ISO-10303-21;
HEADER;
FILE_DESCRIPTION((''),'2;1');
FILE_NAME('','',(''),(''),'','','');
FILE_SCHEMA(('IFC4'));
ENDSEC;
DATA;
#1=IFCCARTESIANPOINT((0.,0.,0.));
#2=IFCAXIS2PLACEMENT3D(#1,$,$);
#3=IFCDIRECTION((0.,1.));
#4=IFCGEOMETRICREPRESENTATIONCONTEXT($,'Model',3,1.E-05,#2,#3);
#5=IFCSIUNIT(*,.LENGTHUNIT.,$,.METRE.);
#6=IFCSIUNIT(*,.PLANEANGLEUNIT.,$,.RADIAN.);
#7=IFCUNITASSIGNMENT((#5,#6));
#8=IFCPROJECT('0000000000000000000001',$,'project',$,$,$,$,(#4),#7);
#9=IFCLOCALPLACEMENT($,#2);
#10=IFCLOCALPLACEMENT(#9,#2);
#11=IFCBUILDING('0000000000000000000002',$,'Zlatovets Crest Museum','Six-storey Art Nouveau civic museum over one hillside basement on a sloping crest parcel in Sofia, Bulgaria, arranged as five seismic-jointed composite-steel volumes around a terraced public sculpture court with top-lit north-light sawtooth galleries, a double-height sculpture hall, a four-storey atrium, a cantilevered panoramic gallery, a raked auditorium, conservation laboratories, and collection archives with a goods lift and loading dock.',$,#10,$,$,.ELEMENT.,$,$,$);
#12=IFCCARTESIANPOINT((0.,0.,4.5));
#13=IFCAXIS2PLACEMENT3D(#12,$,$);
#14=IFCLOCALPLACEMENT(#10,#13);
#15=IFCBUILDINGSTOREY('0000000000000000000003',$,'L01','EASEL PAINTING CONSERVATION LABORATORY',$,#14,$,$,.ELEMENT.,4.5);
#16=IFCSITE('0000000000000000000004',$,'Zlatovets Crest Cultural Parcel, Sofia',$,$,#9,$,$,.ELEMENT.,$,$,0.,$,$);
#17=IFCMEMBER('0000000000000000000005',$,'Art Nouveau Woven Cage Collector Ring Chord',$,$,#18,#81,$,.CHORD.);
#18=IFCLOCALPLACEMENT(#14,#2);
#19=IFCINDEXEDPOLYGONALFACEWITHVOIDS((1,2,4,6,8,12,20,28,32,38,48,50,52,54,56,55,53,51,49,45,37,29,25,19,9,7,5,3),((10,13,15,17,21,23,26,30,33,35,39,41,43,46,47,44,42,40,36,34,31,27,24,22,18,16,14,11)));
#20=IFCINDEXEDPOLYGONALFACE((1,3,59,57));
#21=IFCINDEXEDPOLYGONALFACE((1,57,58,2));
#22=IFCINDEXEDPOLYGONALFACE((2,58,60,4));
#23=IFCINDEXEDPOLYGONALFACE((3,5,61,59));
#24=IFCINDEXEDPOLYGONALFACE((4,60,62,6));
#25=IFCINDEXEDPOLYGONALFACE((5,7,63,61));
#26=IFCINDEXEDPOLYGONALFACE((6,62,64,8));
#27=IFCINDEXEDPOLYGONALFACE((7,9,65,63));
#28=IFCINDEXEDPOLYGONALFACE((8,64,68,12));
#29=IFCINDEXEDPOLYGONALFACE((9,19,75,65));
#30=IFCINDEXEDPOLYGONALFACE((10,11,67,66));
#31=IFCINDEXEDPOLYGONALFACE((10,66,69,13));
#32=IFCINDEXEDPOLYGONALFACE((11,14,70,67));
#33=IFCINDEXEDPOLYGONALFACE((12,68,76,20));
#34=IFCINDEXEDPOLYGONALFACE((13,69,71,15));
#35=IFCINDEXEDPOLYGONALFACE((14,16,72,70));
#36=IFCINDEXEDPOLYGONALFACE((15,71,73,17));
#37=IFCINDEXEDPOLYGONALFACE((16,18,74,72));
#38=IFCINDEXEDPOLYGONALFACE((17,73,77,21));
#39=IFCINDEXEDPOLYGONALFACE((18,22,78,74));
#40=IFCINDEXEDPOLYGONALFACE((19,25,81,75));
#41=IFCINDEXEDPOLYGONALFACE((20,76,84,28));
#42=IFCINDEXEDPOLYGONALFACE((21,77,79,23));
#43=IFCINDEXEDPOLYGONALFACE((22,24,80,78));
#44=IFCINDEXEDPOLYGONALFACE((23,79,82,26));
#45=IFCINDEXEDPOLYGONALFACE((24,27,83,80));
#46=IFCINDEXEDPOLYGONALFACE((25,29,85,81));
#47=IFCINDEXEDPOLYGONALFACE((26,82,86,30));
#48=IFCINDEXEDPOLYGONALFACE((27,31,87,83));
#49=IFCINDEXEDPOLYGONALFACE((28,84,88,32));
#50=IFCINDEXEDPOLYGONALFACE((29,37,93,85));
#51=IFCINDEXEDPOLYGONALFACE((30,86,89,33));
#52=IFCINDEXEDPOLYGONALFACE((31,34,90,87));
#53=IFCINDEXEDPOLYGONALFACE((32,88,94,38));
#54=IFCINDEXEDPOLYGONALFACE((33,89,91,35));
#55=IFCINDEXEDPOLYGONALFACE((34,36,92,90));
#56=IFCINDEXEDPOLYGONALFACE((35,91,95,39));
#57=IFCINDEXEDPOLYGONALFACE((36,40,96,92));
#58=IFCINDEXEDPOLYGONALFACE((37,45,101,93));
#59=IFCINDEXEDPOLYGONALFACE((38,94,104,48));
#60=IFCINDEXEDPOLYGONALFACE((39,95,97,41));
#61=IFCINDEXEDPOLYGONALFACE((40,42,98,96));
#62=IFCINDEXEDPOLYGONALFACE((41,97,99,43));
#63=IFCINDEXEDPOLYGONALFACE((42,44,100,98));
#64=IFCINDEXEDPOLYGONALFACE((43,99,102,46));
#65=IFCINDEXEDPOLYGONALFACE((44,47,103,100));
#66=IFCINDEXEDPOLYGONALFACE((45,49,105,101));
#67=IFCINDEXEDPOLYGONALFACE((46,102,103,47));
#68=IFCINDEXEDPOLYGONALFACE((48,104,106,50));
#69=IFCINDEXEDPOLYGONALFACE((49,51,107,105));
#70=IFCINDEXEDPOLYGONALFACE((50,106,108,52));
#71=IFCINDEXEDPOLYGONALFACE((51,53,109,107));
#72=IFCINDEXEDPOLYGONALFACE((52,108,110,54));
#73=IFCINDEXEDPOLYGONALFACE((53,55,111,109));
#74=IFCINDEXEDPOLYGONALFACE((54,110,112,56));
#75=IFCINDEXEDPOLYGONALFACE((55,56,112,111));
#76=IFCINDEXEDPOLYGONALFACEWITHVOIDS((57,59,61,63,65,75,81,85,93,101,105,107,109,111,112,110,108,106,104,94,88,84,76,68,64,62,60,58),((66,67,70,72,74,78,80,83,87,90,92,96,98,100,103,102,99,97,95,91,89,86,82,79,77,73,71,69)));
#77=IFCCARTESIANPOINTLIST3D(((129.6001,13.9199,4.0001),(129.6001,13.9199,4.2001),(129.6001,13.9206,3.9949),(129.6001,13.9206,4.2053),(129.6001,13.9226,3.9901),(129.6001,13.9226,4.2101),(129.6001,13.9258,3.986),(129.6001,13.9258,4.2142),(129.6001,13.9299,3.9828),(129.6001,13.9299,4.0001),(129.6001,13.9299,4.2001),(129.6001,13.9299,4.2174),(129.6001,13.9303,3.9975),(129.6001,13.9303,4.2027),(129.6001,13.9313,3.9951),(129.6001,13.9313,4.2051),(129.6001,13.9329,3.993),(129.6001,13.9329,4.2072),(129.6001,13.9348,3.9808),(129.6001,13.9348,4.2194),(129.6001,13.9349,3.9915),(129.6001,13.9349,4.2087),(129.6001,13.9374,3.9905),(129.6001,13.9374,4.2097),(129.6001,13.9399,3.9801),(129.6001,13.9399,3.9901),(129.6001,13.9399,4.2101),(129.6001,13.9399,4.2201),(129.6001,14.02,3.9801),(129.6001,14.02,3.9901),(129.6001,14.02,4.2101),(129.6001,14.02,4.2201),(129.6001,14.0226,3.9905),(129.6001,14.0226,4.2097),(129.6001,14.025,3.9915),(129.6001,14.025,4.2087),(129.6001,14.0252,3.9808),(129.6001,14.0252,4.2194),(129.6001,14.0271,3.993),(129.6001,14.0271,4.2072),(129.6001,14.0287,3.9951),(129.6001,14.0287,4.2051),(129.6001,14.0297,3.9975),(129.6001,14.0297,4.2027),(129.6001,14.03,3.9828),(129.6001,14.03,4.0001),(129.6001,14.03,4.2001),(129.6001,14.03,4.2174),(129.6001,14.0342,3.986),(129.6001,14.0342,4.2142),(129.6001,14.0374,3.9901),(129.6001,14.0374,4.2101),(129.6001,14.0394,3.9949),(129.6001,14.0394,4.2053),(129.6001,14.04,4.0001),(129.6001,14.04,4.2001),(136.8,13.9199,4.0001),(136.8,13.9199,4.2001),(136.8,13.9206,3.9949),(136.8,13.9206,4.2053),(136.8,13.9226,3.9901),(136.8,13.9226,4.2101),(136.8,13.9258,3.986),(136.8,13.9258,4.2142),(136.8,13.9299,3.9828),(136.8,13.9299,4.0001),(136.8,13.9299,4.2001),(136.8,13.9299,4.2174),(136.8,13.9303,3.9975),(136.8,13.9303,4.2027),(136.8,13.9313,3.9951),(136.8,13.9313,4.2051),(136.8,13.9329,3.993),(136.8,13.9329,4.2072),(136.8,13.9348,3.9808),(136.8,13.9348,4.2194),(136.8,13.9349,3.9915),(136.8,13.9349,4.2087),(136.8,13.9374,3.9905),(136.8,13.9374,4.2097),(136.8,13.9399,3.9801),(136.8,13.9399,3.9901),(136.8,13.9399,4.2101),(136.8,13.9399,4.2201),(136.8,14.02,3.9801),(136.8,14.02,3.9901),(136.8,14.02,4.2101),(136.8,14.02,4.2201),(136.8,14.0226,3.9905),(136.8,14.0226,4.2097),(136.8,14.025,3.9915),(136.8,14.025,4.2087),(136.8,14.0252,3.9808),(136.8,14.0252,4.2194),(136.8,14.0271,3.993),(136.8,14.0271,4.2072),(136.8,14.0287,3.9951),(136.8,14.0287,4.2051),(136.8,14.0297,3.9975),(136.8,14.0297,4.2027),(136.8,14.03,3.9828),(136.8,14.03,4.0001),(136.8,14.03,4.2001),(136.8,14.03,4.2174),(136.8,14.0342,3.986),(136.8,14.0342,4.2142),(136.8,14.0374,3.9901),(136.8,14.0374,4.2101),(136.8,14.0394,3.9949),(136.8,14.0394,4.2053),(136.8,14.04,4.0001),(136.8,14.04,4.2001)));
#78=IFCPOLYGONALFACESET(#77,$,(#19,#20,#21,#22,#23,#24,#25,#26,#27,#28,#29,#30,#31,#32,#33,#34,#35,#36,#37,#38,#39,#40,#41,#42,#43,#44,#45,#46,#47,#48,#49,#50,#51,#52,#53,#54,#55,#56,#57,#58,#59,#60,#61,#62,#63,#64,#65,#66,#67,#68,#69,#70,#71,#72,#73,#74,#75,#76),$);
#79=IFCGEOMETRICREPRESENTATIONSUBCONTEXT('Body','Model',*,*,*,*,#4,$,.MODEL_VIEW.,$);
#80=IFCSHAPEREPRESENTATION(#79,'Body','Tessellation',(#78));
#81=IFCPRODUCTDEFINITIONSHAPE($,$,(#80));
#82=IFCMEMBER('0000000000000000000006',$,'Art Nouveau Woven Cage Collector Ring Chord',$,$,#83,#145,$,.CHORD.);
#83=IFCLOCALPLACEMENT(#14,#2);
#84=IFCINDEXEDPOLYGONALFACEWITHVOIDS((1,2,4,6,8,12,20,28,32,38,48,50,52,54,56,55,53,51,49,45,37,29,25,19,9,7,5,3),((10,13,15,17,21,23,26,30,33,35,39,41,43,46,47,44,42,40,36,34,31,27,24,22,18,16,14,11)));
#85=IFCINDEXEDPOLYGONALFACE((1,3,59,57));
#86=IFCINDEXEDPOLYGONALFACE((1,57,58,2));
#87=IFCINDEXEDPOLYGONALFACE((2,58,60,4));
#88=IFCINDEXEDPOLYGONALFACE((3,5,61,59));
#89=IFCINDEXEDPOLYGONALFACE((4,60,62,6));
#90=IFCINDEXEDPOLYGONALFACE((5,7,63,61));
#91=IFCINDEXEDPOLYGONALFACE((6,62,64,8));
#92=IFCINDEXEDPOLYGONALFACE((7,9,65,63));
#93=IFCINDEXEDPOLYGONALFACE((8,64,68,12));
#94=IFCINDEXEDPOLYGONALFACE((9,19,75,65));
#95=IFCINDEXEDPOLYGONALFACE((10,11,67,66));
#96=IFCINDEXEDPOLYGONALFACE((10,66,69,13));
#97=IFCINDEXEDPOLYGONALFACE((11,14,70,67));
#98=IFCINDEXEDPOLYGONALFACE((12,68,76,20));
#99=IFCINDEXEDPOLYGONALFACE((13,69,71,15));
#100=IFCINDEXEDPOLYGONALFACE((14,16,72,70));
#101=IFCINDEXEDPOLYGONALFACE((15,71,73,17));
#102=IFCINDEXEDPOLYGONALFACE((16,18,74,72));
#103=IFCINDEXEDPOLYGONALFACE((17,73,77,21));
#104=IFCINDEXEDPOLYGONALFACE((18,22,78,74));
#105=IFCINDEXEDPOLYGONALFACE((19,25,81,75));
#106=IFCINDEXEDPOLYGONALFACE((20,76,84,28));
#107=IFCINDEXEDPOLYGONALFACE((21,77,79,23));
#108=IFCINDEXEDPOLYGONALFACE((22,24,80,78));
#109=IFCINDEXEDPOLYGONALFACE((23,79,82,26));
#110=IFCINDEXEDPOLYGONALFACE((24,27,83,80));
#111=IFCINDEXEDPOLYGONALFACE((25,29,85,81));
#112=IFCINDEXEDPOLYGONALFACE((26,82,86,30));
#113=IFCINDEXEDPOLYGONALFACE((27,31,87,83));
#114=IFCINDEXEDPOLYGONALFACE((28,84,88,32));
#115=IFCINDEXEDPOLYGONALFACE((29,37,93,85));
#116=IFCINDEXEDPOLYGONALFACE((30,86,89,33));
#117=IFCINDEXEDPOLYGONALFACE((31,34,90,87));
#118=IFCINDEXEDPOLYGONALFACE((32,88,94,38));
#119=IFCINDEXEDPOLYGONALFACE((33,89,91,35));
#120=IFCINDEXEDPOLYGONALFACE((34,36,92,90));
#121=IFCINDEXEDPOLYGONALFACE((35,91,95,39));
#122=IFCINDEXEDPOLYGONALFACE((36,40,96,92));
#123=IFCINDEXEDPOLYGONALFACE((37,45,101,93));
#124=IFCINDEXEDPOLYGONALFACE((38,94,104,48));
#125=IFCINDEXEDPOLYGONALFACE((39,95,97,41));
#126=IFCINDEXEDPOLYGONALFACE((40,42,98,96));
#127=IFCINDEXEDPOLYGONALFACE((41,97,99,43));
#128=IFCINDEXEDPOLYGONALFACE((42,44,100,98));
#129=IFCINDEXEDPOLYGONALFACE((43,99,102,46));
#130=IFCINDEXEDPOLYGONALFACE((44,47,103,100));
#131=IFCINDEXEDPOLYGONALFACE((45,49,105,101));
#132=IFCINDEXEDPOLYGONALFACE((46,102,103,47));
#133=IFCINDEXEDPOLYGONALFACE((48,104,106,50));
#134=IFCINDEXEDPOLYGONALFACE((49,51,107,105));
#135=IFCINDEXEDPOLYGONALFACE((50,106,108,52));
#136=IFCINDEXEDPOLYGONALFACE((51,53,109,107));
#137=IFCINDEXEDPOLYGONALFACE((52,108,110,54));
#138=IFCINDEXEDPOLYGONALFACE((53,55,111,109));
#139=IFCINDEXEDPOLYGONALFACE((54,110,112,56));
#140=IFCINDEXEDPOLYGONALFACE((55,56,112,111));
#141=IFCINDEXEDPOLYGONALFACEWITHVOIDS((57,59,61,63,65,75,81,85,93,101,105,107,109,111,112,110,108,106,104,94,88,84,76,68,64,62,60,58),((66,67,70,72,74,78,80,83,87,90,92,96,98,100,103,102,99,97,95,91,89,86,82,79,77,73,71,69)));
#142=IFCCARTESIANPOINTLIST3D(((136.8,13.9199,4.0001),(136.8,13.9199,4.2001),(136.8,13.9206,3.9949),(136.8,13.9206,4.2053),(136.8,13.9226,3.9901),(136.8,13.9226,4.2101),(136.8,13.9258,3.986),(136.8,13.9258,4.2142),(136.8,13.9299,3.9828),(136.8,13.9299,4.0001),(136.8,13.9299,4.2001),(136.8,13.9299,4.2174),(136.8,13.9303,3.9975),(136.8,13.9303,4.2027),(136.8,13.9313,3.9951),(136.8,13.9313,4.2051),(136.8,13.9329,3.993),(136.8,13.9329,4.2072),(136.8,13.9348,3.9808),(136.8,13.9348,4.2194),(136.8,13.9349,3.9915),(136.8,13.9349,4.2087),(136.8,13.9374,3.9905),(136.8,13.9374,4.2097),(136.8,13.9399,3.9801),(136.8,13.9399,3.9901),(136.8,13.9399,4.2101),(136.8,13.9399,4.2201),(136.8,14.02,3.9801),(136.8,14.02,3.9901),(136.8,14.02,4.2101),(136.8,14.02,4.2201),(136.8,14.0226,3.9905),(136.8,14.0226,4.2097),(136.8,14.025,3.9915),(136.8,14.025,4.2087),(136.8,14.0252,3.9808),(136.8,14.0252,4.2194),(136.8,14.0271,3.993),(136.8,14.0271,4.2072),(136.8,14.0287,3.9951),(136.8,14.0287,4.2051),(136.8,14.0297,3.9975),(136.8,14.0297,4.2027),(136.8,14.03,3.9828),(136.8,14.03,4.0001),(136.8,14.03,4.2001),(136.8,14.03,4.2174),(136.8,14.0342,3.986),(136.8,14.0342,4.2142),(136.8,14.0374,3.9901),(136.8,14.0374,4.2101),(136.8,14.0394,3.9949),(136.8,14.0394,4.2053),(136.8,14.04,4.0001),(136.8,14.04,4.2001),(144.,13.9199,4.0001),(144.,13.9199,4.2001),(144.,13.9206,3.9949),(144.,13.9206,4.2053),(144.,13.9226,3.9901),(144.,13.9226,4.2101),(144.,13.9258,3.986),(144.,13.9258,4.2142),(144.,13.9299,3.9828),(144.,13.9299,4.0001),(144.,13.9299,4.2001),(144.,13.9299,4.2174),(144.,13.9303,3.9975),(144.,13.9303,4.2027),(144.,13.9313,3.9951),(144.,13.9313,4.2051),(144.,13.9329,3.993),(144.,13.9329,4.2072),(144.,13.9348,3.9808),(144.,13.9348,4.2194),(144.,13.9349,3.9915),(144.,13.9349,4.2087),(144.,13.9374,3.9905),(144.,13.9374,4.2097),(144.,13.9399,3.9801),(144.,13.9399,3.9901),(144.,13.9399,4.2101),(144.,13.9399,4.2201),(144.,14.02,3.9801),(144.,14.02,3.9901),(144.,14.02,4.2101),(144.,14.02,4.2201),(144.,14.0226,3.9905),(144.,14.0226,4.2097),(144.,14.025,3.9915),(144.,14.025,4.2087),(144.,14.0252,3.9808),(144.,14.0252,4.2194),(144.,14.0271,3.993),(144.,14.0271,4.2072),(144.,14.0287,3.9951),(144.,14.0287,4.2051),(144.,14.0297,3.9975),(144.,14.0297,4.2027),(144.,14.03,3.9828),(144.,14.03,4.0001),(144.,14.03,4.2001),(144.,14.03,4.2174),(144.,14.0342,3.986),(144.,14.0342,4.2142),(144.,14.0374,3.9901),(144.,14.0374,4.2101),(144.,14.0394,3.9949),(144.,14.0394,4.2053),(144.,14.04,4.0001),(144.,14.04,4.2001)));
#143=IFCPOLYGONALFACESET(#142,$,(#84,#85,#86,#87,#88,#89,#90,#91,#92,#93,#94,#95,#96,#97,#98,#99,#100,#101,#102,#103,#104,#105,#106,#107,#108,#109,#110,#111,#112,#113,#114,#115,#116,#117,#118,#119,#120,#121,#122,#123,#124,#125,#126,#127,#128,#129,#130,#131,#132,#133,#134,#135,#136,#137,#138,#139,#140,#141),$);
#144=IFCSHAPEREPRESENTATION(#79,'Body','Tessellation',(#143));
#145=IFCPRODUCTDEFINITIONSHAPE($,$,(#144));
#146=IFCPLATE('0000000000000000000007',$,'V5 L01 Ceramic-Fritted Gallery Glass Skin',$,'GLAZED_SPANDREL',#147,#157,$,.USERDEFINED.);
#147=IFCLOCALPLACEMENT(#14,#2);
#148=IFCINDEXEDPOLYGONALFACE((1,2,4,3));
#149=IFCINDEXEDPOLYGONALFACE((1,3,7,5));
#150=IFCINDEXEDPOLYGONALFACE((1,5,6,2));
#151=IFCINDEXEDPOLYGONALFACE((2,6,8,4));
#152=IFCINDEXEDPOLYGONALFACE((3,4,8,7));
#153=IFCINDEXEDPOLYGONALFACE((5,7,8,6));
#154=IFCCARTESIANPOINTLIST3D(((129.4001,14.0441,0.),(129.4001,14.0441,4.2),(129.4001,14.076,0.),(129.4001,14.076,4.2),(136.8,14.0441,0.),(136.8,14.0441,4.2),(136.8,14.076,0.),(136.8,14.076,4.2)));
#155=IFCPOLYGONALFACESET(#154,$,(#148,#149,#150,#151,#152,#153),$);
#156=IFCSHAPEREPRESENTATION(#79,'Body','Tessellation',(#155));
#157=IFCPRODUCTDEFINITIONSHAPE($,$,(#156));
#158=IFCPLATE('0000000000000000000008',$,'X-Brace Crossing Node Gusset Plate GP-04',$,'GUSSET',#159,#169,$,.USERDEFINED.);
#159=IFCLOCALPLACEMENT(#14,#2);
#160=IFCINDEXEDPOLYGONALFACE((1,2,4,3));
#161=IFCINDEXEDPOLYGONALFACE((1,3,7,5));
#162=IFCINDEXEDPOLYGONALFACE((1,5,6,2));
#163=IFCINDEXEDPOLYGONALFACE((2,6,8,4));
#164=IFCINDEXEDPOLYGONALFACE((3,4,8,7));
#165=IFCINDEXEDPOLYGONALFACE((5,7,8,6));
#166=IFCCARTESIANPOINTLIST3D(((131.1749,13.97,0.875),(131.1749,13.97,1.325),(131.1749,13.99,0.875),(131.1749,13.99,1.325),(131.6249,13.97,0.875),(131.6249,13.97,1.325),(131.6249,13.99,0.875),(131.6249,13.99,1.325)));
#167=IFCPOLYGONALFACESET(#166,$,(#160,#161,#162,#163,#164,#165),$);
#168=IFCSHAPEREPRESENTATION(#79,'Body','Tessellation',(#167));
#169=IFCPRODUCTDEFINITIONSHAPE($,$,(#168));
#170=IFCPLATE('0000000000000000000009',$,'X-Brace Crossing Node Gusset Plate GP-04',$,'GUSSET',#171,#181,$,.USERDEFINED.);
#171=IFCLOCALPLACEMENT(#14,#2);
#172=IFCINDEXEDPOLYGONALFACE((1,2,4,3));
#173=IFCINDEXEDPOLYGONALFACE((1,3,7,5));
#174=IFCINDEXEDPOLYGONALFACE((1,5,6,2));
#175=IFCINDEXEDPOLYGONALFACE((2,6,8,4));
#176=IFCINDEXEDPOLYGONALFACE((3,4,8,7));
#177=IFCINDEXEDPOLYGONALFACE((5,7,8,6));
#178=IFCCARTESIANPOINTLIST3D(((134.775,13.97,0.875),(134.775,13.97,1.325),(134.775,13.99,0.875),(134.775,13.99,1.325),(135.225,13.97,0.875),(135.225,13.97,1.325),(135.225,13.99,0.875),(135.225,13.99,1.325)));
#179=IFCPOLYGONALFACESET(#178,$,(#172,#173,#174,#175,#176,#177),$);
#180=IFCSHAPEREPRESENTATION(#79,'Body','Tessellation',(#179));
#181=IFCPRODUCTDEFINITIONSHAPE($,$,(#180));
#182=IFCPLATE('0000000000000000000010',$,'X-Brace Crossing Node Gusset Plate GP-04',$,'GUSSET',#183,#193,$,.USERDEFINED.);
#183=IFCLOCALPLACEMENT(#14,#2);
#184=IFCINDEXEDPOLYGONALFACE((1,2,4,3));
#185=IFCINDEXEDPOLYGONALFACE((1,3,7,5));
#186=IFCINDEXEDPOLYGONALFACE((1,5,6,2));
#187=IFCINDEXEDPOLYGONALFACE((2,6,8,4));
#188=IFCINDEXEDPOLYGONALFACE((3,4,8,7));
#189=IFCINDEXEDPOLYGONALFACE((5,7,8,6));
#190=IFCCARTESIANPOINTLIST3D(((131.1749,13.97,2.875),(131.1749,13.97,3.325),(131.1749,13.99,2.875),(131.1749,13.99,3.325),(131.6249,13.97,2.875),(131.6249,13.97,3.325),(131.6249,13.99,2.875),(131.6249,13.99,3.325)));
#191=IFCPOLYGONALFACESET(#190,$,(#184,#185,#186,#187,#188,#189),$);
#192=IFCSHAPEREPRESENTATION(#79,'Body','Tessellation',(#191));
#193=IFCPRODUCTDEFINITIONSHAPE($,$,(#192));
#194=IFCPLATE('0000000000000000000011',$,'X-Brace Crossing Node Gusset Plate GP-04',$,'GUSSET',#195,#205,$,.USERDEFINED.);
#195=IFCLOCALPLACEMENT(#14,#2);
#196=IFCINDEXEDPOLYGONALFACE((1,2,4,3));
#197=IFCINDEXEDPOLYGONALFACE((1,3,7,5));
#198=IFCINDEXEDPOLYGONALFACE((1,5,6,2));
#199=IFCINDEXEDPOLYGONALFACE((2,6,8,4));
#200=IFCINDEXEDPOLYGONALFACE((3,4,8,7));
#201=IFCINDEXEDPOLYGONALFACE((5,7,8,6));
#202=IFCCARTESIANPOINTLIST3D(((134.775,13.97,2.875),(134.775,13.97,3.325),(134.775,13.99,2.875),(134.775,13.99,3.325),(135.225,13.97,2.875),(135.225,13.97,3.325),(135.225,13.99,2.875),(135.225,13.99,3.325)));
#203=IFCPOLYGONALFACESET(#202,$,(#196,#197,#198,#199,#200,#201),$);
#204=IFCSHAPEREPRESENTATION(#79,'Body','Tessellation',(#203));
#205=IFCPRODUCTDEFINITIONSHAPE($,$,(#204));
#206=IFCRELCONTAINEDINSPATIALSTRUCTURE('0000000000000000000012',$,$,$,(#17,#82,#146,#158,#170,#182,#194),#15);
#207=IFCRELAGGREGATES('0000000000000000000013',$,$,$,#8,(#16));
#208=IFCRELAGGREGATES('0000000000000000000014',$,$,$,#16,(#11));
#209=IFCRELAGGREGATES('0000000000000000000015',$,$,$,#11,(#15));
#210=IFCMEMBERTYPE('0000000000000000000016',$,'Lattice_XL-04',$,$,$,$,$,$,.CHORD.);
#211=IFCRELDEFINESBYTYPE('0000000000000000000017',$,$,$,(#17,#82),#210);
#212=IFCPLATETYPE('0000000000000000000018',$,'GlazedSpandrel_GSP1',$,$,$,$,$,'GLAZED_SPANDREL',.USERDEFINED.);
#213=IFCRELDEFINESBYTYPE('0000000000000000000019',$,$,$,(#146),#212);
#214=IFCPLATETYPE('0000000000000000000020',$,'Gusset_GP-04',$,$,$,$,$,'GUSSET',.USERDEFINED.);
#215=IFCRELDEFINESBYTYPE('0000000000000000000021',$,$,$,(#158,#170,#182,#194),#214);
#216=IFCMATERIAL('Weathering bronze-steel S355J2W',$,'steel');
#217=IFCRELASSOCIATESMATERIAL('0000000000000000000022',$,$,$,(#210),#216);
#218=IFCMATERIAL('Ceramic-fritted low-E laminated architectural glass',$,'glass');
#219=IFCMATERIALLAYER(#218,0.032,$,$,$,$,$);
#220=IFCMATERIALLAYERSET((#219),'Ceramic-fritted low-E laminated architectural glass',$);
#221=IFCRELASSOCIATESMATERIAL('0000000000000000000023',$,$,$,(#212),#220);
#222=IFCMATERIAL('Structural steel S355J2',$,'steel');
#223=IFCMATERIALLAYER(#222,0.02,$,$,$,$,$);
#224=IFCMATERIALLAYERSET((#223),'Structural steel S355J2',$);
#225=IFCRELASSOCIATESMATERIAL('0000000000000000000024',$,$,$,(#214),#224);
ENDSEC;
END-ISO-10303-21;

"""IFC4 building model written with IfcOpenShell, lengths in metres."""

from ifc_helpers import new_model, si_unit, direction, frame, origin, origin_2d, place, context, subcontext, project, spatial, rectangle, hollow_rectangle, extrude, material, layer, layer_set, material_profile, profile_set, type_object, element, save


model = new_model("IFC4")

# Units and contexts
model_context = context("Model", 3, precision=1e-05, world=origin(), true_north=direction((0.0, 1.0)))
body_context = subcontext(model_context, "Body", "Model", "MODEL_VIEW")
ifc_project = project(units=[si_unit("LENGTHUNIT", "METRE"), si_unit("PLANEANGLEUNIT", "RADIAN")], contexts=[model_context])

# Site, building, storey
site_placement = place(None, origin())
site = spatial("IfcSite", under=ifc_project, at=site_placement, Name="Zlatovets Crest Cultural Parcel, Sofia", CompositionType="ELEMENT", RefElevation=0.0)
building_placement = place(site_placement, origin())
building = spatial("IfcBuilding", under=site, at=building_placement, Name="Zlatovets Crest Museum", Description="Six-storey Art Nouveau civic museum over one hillside basement on a sloping crest parcel in Sofia, Bulgaria, arranged as five seismic-jointed composite-steel volumes around a terraced public sculpture court with top-lit north-light sawtooth galleries, a double-height sculpture hall, a four-storey atrium, a cantilevered panoramic gallery, a raked auditorium, conservation laboratories, and collection archives with a goods lift and loading dock.", CompositionType="ELEMENT")
storey_placement = place(building_placement, frame((0.0, 0.0, 4.5)))
storey = spatial("IfcBuildingStorey", under=building, at=storey_placement, Name="L01", Description="EASEL PAINTING CONSERVATION LABORATORY", CompositionType="ELEMENT", Elevation=4.5)

# Shared definitions
ifc_material_1 = material(Name="Structural steel S355J2", Category="steel")

# Members
ifc_material_2 = material(Name="Weathering bronze-steel S355J2W", Category="steel")
ifc_material_profile_1 = material_profile(ifc_material_2, hollow_rectangle(XDim=0.1201, YDim=0.24, WallThickness=0.01, InnerFilletRadius=0.01, OuterFilletRadius=0.02, at=origin_2d()), Name="RHS 120x240x10.0")
ifc_profile_set_1 = profile_set([ifc_material_profile_1], Name="Weathering bronze-steel S355J2W")
member_type_1 = type_object("IfcMemberType", Name="Lattice_XL-04", PredefinedType="CHORD", material=ifc_profile_set_1)
for number, where, z_axis, x_axis, name in (
    (1, (129.6001, 13.98, 4.1001), (1.0, 0.0, 0.0), (0.0, 1.0, 0.0), "Art Nouveau Woven Cage Collector Ring Chord"),
    (2, (136.8, 13.98, 4.1001), (1.0, 0.0, 0.0), (0.0, 1.0, 0.0), "Art Nouveau Woven Cage Collector Ring Chord"),
):
    element("IfcMember", number, at=place(storey_placement, frame(where, z_axis=z_axis, x_axis=x_axis)), inside=storey, type_object=member_type_1, Name=name, PredefinedType="CHORD", context=body_context, shape_type="SweptSolid", body=[
        extrude(hollow_rectangle(XDim=0.1201, YDim=0.24, WallThickness=0.01, InnerFilletRadius=0.01, OuterFilletRadius=0.02, at=origin_2d()), origin(), (0.0, 0.0, 1.0), 7.2),
    ])

# Plates
ifc_material_3 = material(Name="Ceramic-fritted low-E laminated architectural glass", Category="glass")
ifc_layer_1 = layer(ifc_material_3, 0.032)
ifc_layer_set_1 = layer_set([ifc_layer_1], Name="Ceramic-fritted low-E laminated architectural glass")
plate_type_1 = type_object("IfcPlateType", Name="GlazedSpandrel_GSP1", ElementType="GLAZED_SPANDREL", PredefinedType="USERDEFINED", material=ifc_layer_set_1)
plate_placement = place(storey_placement, frame((133.1001, 14.0601, 0.0), z_axis=(0.0, 0.0, 1.0), x_axis=(1.0, 0.0, 0.0)))
element("IfcPlate", 3, at=plate_placement, inside=storey, type_object=plate_type_1, Name="V5 L01 Ceramic-Fritted Gallery Glass Skin", ObjectType="GLAZED_SPANDREL", PredefinedType="USERDEFINED", context=body_context, shape_type="SweptSolid", body=[
    extrude(rectangle(XDim=7.3999, YDim=0.032, at=origin_2d()), origin(), (0.0, 0.0, 1.0), 4.2),
])
ifc_layer_2 = layer(ifc_material_1, 0.02)
ifc_layer_set_2 = layer_set([ifc_layer_2], Name="Structural steel S355J2")
plate_type_2 = type_object("IfcPlateType", Name="Gusset_GP-04", ElementType="GUSSET", PredefinedType="USERDEFINED", material=ifc_layer_set_2)
for number, where, z_axis, x_axis, name in (
    (4, (131.3999, 13.98, 0.875), (0.0, 0.0, 1.0), (1.0, 0.0, 0.0), "X-Brace Crossing Node Gusset Plate GP-04"),
    (5, (135.0, 13.98, 0.875), (0.0, 0.0, 1.0), (1.0, 0.0, 0.0), "X-Brace Crossing Node Gusset Plate GP-04"),
    (6, (131.3999, 13.98, 2.875), (0.0, 0.0, 1.0), (1.0, 0.0, 0.0), "X-Brace Crossing Node Gusset Plate GP-04"),
    (7, (135.0, 13.98, 2.875), (0.0, 0.0, 1.0), (1.0, 0.0, 0.0), "X-Brace Crossing Node Gusset Plate GP-04"),
):
    element("IfcPlate", number, at=place(storey_placement, frame(where, z_axis=z_axis, x_axis=x_axis)), inside=storey, type_object=plate_type_2, Name=name, ObjectType="GUSSET", PredefinedType="USERDEFINED", context=body_context, shape_type="SweptSolid", body=[
        extrude(rectangle(XDim=0.45, YDim=0.02, at=origin_2d()), origin(), (0.0, 0.0, 1.0), 0.45),
    ])

save(model, "model.ifc")
